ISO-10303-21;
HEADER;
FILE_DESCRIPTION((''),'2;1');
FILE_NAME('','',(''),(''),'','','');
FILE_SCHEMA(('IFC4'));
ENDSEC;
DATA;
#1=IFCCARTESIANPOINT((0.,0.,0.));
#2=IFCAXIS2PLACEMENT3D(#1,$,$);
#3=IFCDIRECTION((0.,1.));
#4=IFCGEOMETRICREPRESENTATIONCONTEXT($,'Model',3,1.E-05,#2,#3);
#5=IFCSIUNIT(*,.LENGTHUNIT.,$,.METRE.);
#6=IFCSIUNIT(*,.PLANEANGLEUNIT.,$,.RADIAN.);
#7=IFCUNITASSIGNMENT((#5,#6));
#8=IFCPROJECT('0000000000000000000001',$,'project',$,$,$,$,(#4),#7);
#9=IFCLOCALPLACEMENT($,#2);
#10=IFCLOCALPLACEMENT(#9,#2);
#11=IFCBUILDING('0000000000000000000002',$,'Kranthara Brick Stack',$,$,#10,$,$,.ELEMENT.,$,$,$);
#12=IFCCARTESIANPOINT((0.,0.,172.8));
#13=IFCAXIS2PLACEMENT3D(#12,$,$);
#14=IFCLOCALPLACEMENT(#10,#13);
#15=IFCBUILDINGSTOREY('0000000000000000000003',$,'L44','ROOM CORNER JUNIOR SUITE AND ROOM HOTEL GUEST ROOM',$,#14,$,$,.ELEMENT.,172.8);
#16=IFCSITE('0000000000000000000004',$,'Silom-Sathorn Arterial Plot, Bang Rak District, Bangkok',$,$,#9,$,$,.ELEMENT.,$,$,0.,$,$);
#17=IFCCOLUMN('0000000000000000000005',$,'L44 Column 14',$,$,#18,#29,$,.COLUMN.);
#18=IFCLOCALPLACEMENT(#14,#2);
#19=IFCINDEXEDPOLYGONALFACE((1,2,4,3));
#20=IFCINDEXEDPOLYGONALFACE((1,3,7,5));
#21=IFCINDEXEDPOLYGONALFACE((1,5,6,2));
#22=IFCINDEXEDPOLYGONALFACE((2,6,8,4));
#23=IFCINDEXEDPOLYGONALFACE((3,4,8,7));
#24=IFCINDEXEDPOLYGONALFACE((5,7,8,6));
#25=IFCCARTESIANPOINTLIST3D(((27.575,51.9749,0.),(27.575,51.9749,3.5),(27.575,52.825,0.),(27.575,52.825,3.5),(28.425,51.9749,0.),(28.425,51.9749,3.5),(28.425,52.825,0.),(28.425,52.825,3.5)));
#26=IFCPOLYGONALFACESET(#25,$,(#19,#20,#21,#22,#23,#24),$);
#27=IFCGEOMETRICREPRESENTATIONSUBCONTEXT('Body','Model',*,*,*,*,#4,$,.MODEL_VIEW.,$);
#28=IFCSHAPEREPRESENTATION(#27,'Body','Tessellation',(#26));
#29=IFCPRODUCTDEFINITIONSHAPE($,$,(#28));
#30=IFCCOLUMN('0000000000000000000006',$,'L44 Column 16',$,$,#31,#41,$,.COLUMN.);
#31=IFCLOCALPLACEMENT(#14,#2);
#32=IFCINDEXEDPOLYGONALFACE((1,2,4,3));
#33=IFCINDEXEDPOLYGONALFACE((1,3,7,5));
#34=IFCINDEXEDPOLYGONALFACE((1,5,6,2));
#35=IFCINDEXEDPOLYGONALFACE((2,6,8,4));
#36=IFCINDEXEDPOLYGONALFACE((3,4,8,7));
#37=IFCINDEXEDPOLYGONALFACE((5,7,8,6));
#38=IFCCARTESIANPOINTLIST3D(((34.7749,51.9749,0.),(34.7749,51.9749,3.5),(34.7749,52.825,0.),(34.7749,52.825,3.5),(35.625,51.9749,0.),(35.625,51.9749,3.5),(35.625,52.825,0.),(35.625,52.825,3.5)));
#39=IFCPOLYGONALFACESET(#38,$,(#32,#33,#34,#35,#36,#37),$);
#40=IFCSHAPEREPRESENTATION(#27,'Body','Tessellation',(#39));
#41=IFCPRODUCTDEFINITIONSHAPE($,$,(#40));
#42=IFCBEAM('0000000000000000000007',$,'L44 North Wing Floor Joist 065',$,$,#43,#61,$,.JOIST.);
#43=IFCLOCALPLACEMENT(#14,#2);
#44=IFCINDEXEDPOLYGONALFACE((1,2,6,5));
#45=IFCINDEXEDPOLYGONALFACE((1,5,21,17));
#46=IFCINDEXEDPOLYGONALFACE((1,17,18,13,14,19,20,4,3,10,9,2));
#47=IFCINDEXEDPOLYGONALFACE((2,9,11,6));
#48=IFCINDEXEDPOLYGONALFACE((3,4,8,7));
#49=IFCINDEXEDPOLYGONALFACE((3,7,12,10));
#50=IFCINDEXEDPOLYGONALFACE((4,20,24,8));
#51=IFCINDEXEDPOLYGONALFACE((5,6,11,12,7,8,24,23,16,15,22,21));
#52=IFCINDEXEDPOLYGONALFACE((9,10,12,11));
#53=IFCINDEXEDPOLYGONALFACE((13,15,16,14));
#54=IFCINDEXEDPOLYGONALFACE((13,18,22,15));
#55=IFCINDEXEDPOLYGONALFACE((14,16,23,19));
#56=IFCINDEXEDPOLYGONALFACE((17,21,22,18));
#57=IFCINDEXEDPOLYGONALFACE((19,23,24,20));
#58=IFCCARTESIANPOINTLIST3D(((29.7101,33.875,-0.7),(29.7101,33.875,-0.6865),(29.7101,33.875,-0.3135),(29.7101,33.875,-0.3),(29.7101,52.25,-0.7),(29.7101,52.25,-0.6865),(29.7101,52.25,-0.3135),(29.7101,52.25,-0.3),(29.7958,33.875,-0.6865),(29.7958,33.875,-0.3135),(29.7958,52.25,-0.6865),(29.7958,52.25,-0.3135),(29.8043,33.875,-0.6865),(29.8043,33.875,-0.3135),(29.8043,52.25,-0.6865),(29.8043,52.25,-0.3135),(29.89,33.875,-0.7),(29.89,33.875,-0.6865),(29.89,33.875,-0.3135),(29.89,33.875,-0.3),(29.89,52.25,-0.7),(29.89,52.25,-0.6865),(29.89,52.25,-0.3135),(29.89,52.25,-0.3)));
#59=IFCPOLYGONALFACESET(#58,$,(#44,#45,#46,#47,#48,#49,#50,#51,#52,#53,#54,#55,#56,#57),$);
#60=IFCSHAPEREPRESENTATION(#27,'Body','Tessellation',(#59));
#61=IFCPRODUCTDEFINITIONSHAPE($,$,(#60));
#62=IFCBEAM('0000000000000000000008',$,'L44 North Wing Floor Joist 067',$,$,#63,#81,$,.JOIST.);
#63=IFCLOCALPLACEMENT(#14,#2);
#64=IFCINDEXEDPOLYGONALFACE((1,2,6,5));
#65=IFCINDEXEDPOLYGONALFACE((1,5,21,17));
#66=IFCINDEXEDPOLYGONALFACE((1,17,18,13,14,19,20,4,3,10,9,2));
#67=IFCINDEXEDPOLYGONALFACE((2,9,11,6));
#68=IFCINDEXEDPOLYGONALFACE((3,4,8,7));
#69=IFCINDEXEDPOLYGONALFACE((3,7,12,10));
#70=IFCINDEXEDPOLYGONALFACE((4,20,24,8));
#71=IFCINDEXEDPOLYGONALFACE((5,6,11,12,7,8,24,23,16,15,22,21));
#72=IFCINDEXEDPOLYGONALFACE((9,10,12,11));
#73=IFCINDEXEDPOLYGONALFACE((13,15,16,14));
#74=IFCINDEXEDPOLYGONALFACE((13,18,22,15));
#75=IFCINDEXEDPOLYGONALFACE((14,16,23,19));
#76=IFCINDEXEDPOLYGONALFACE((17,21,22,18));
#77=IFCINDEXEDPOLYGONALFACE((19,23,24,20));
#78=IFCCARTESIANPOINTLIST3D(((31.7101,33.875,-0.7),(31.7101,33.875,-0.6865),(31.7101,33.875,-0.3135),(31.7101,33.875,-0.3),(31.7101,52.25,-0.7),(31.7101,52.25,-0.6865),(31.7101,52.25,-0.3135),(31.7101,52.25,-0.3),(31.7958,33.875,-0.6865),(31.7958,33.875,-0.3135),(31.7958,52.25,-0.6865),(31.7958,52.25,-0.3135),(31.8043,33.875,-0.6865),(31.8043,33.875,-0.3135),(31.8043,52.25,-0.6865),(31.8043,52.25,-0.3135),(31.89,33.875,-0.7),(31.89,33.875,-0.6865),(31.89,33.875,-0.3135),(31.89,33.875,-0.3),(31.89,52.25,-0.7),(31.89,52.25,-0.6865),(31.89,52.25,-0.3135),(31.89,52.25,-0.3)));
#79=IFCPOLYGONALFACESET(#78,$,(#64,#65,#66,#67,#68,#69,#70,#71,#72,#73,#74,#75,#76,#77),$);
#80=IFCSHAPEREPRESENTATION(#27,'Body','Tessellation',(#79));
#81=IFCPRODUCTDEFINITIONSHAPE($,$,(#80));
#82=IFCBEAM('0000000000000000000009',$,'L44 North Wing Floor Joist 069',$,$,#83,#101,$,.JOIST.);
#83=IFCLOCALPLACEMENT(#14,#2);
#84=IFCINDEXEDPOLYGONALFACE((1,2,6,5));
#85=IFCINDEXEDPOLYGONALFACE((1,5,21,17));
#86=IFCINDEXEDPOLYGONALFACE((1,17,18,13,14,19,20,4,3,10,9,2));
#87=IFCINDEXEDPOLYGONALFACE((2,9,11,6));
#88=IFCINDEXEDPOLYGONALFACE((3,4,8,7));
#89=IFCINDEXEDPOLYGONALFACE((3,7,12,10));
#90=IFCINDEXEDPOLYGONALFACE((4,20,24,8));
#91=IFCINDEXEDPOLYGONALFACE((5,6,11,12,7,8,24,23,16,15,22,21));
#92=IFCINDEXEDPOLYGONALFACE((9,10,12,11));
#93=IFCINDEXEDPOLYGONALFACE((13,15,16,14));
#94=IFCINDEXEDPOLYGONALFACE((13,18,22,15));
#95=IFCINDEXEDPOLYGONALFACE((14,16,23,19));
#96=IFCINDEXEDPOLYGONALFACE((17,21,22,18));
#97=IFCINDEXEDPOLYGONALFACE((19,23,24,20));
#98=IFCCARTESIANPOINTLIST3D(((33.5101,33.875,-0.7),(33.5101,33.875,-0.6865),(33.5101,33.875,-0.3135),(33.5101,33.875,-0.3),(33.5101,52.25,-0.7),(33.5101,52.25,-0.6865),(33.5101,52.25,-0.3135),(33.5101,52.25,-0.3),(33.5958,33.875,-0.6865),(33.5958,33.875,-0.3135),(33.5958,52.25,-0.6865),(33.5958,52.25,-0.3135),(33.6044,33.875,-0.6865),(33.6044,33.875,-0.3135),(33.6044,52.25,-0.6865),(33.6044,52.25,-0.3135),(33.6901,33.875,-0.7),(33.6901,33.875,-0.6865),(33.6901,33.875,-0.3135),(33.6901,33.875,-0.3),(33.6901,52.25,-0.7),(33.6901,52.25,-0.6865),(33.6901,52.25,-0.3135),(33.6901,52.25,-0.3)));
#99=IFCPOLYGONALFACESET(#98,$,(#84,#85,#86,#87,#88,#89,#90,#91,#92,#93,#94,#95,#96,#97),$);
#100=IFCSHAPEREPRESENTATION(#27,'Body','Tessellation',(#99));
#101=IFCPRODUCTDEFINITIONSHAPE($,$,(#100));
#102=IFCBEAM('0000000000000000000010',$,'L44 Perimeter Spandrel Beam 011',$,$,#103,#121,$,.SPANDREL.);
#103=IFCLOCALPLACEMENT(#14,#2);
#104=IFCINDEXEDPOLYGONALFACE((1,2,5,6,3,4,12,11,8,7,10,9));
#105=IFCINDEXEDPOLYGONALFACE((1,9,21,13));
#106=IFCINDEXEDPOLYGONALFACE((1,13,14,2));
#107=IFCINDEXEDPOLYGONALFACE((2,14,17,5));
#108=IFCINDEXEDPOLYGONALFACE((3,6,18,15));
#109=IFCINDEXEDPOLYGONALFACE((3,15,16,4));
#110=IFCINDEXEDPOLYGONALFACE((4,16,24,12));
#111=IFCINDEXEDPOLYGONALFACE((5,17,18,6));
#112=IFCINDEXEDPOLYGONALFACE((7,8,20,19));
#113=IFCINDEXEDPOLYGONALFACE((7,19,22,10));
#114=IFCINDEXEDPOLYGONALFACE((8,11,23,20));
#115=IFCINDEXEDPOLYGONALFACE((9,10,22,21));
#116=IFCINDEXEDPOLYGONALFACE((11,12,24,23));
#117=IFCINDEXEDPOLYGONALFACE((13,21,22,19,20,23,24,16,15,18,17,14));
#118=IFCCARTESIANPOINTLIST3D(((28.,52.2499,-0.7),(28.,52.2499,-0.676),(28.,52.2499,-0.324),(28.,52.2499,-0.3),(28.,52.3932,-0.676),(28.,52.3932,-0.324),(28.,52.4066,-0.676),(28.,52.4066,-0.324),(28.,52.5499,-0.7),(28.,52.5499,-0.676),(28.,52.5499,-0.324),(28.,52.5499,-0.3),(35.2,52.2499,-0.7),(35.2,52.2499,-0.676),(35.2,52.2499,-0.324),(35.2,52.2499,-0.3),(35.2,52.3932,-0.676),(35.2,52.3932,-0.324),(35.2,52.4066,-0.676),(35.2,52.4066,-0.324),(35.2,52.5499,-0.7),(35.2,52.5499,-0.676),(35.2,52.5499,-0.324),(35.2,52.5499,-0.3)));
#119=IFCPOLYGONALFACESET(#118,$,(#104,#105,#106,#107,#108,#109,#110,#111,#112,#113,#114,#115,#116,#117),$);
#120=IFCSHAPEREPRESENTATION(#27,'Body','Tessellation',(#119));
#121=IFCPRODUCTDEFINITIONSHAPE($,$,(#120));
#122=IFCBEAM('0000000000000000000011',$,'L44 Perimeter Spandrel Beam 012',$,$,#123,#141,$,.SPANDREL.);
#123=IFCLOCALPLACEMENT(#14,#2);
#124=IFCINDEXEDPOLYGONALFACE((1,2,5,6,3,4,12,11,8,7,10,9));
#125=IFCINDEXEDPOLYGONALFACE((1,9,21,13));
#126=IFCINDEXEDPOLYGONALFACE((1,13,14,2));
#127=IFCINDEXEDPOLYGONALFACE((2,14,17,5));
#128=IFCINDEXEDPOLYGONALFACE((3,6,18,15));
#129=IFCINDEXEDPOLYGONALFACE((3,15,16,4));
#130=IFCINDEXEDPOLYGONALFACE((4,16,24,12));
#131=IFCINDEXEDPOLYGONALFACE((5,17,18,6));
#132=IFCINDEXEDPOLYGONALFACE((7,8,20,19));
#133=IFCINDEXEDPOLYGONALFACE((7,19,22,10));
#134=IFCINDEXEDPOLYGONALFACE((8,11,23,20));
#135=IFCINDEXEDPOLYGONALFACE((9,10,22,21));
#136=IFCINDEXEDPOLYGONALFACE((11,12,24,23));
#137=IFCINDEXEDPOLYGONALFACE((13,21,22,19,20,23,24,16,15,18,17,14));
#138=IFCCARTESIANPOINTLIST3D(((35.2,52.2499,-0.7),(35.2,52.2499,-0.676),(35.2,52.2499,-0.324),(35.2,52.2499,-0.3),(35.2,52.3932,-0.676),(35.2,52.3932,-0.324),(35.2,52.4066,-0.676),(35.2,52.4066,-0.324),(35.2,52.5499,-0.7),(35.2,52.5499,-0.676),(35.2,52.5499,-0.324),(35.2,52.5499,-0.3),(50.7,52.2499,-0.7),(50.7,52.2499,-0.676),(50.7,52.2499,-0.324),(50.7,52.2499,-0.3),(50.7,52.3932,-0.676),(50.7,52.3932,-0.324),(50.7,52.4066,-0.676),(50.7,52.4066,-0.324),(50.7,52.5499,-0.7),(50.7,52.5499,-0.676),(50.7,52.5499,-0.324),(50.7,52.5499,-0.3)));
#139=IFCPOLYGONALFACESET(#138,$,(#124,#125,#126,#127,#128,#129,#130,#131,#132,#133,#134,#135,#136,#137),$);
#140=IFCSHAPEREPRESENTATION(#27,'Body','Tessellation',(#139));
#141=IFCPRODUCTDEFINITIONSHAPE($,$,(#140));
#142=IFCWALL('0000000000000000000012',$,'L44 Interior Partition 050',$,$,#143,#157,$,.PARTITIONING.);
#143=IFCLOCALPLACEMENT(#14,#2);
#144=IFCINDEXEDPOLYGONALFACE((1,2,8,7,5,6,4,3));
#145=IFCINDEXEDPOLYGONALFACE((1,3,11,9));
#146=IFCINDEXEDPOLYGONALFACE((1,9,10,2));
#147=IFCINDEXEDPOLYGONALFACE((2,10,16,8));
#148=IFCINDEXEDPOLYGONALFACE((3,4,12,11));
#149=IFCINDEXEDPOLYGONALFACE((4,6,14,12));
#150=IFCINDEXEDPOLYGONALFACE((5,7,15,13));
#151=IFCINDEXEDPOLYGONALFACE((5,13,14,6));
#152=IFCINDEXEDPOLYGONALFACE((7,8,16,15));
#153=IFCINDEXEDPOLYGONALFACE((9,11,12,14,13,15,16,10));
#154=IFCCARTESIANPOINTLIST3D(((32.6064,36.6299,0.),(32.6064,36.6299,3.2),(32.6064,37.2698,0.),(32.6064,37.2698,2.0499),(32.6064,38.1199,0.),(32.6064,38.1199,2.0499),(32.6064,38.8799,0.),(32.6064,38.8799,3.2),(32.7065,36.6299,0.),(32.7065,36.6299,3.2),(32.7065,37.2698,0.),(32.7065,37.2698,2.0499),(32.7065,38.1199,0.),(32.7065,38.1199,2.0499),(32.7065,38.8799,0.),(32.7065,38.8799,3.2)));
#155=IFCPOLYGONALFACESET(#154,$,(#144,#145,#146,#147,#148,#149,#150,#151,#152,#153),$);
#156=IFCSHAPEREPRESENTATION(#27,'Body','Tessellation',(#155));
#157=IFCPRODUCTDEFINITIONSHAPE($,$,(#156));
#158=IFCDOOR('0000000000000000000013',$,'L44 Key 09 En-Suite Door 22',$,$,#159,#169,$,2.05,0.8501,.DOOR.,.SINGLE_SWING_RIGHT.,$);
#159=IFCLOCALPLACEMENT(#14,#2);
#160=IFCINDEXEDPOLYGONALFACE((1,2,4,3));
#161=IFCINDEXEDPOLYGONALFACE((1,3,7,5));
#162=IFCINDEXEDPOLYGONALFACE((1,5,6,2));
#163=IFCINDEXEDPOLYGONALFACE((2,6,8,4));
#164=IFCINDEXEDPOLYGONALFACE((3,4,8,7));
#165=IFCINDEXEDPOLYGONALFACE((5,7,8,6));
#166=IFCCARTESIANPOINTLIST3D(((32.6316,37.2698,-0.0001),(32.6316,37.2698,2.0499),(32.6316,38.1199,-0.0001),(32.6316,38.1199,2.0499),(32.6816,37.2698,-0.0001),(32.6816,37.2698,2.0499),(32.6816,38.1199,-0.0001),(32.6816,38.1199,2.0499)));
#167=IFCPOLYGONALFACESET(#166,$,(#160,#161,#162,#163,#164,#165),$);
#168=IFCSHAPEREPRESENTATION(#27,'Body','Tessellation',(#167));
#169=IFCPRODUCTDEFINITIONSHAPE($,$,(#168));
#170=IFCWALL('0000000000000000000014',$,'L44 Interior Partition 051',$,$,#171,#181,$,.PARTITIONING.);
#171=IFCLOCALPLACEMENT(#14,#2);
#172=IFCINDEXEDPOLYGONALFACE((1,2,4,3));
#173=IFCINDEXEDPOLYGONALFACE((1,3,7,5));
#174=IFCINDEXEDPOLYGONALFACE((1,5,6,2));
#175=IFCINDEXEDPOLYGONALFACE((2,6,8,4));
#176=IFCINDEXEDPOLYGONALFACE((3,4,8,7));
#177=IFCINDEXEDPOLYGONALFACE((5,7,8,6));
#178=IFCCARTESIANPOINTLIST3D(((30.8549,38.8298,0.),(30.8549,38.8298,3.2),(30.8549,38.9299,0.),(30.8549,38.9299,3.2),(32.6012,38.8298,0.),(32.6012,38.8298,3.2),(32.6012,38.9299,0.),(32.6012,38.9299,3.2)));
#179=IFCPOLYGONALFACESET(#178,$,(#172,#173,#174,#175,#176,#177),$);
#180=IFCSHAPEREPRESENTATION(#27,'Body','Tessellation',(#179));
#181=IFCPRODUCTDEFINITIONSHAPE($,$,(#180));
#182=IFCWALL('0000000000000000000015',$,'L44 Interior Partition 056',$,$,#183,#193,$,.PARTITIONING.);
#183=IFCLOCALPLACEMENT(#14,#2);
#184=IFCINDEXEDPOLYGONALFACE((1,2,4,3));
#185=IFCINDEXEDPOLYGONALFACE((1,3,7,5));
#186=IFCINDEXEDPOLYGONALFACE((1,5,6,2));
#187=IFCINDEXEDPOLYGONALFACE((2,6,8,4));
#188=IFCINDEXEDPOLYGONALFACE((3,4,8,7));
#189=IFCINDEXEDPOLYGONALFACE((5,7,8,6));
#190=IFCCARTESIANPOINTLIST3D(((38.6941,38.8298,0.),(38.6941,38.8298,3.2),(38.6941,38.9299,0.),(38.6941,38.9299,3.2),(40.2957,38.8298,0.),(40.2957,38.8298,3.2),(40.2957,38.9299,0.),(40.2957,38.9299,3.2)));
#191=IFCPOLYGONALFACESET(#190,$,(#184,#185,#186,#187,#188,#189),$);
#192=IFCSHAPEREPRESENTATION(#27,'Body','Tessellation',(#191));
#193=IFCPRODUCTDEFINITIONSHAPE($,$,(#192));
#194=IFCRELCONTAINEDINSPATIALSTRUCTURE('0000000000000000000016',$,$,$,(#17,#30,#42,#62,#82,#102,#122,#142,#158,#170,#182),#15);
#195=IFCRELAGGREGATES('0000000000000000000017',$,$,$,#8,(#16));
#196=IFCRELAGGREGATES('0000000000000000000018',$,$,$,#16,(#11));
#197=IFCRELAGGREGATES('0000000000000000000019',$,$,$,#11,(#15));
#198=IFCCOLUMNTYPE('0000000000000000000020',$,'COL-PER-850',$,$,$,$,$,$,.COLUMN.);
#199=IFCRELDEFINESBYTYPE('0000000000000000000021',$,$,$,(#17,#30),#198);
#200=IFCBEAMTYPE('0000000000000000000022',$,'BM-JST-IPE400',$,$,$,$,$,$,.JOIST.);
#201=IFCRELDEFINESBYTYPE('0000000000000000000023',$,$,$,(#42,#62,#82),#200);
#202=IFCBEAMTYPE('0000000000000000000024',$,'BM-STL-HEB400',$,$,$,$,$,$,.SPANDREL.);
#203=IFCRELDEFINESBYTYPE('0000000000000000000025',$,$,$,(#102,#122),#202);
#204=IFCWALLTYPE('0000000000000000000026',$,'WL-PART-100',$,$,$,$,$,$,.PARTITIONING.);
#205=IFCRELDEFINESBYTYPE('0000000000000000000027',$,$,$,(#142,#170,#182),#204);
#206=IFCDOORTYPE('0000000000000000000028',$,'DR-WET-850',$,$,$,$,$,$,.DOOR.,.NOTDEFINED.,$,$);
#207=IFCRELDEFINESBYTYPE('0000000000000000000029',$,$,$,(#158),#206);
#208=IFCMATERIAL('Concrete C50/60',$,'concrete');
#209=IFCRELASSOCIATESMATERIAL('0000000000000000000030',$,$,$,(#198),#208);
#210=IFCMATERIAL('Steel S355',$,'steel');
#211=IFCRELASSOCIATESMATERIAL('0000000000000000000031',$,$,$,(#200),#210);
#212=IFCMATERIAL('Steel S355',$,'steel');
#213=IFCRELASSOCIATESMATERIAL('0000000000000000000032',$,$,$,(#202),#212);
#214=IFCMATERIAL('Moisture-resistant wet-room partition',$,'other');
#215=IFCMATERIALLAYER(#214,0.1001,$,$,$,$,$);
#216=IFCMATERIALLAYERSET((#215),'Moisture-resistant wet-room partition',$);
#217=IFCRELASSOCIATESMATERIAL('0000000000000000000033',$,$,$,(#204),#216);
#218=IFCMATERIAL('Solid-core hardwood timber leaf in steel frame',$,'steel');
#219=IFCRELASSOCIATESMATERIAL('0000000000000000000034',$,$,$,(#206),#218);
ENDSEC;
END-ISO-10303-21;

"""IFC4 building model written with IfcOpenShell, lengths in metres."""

from ifc_helpers import new_model, si_unit, direction, frame, frame_2d, origin, origin_2d, place, context, subcontext, project, spatial, rectangle, i_section, extrude, material, layer, layer_set, material_profile, profile_set, type_object, element, fill, save


model = new_model("IFC4")

# Units and contexts
model_context = context("Model", 3, precision=1e-05, world=origin(), true_north=direction((0.0, 1.0)))
body_context = subcontext(model_context, "Body", "Model", "MODEL_VIEW")
ifc_project = project(units=[si_unit("LENGTHUNIT", "METRE"), si_unit("PLANEANGLEUNIT", "RADIAN")], contexts=[model_context])

# Site, building, storey
site_placement = place(None, origin())
site = spatial("IfcSite", under=ifc_project, at=site_placement, Name="Silom-Sathorn Arterial Plot, Bang Rak District, Bangkok", CompositionType="ELEMENT", RefElevation=0.0)
building_placement = place(site_placement, origin())
building = spatial("IfcBuilding", under=site, at=building_placement, Name="Kranthara Brick Stack", CompositionType="ELEMENT")
storey_placement = place(building_placement, frame((0.0, 0.0, 172.8)))
storey = spatial("IfcBuildingStorey", under=building, at=storey_placement, Name="L44", Description="ROOM CORNER JUNIOR SUITE AND ROOM HOTEL GUEST ROOM", CompositionType="ELEMENT", Elevation=172.8)

# Columns
ifc_material_1 = material(Name="Concrete C50/60", Category="concrete")
ifc_material_profile_1 = material_profile(ifc_material_1, rectangle(XDim=0.8501, YDim=0.8501, at=origin_2d()), Name="RC 850x850")
ifc_profile_set_1 = profile_set([ifc_material_profile_1], Name="Concrete C50/60")
column_type = type_object("IfcColumnType", Name="COL-PER-850", PredefinedType="COLUMN", material=ifc_profile_set_1)
for number, where, z_axis, x_axis, name in (
    (1, (28.0, 52.3999, 0.0), (0.0, 0.0, 1.0), (1.0, 0.0, 0.0), "L44 Column 14"),
    (2, (35.2, 52.3999, 0.0), (0.0, 0.0, 1.0), (1.0, 0.0, 0.0), "L44 Column 16"),
):
    element("IfcColumn", number, at=place(storey_placement, frame(where, z_axis=z_axis, x_axis=x_axis)), inside=storey, type_object=column_type, Name=name, PredefinedType="COLUMN", context=body_context, shape_type="SweptSolid", body=[
        extrude(rectangle(XDim=0.8501, YDim=0.8501, at=origin_2d()), origin(), (0.0, 0.0, 1.0), 3.5),
    ])

# Beams
ifc_material_2 = material(Name="Steel S355", Category="steel")
ifc_material_profile_2 = material_profile(ifc_material_2, i_section(OverallWidth=0.1799, OverallDepth=0.3999, WebThickness=0.0085, FlangeThickness=0.0134, at=origin_2d()), Name="IPE 400")
ifc_profile_set_2 = profile_set([ifc_material_profile_2], Name="Steel S355")
beam_type_1 = type_object("IfcBeamType", Name="BM-JST-IPE400", PredefinedType="JOIST", material=ifc_profile_set_2)
for number, where, z_axis, x_axis, name in (
    (3, (29.8, 33.875, -0.5), (0.0, 1.0, 0.0), (-1.0, 0.0, 0.0), "L44 North Wing Floor Joist 065"),
    (4, (31.8, 33.875, -0.5), (0.0, 1.0, 0.0), (-1.0, 0.0, 0.0), "L44 North Wing Floor Joist 067"),
    (5, (33.6001, 33.875, -0.5), (0.0, 1.0, 0.0), (-1.0, 0.0, 0.0), "L44 North Wing Floor Joist 069"),
):
    element("IfcBeam", number, at=place(storey_placement, frame(where, z_axis=z_axis, x_axis=x_axis)), inside=storey, type_object=beam_type_1, Name=name, PredefinedType="JOIST", context=body_context, shape_type="SweptSolid", body=[
        extrude(i_section(OverallWidth=0.1799, OverallDepth=0.3999, WebThickness=0.0085, FlangeThickness=0.0134, at=origin_2d()), origin(), (0.0, 0.0, 1.0), 18.375),
    ])
ifc_material_3 = material(Name="Steel S355", Category="steel")
ifc_material_profile_3 = material_profile(ifc_material_3, i_section(OverallWidth=0.3, OverallDepth=0.3999, WebThickness=0.0134, FlangeThickness=0.0239, at=origin_2d()), Name="HEB 400")
ifc_profile_set_3 = profile_set([ifc_material_profile_3], Name="Steel S355")
beam_type_2 = type_object("IfcBeamType", Name="BM-STL-HEB400", PredefinedType="SPANDREL", material=ifc_profile_set_3)
beam_1_placement = place(storey_placement, frame((28.0, 52.3999, -0.5), z_axis=(1.0, 0.0, 0.0), x_axis=(0.0, 1.0, 0.0)))
element("IfcBeam", 6, at=beam_1_placement, inside=storey, type_object=beam_type_2, Name="L44 Perimeter Spandrel Beam 011", PredefinedType="SPANDREL", context=body_context, shape_type="SweptSolid", body=[
    extrude(i_section(OverallWidth=0.3, OverallDepth=0.3999, WebThickness=0.0134, FlangeThickness=0.0239, at=origin_2d()), origin(), (0.0, 0.0, 1.0), 7.2),
])
beam_2_placement = place(storey_placement, frame((35.2, 52.3999, -0.5), z_axis=(1.0, 0.0, 0.0), x_axis=(0.0, 1.0, 0.0)))
element("IfcBeam", 7, at=beam_2_placement, inside=storey, type_object=beam_type_2, Name="L44 Perimeter Spandrel Beam 012", PredefinedType="SPANDREL", context=body_context, shape_type="SweptSolid", body=[
    extrude(i_section(OverallWidth=0.3, OverallDepth=0.3999, WebThickness=0.0134, FlangeThickness=0.0239, at=origin_2d()), origin(), (0.0, 0.0, 1.0), 15.5),
])

# Wall, opening, door
ifc_material_4 = material(Name="Moisture-resistant wet-room partition", Category="other")
ifc_layer_1 = layer(ifc_material_4, 0.1001)
ifc_layer_set_1 = layer_set([ifc_layer_1], Name="Moisture-resistant wet-room partition")
wall_type_1 = type_object("IfcWallType", Name="WL-PART-100", PredefinedType="PARTITIONING", material=ifc_layer_set_1)
wall_1_placement = place(storey_placement, frame((32.6565, 36.6299, 0.0), z_axis=(0.0, 0.0, 1.0), x_axis=(0.0, 1.0, 0.0)))
wall_1 = element("IfcWall", 8, at=wall_1_placement, inside=storey, type_object=wall_type_1, Name="L44 Interior Partition 050", PredefinedType="PARTITIONING", context=body_context, shape_type="SweptSolid", body=[
    extrude(rectangle(XDim=2.25, YDim=0.1001, at=frame_2d((1.125, 0.0))), origin(), (0.0, 0.0, 1.0), 3.2),
])
opening_1_placement = place(wall_1_placement, frame((0.6399, 0.0, 0.0)))
opening_1 = element("IfcOpeningElement", 9, at=opening_1_placement, cuts=wall_1, PredefinedType="OPENING", context=body_context, shape_type="SweptSolid", body=[
    extrude(rectangle(XDim=0.8501, YDim=2.05, at=frame_2d((0.425, 1.0249))), frame((0.0, 0.0601, 0.0), z_axis=(0.0, -1.0, 0.0), x_axis=(1.0, 0.0, 0.0)), (0.0, 0.0, 1.0), 0.1201),
])
ifc_material_5 = material(Name="Solid-core hardwood timber leaf in steel frame", Category="steel")
door_type_1 = type_object("IfcDoorType", Name="DR-WET-850", OperationType="NOTDEFINED", PredefinedType="DOOR", material=ifc_material_5)
door_1_placement = place(opening_1_placement, origin())
door_1 = element("IfcDoor", 10, at=door_1_placement, inside=storey, type_object=door_type_1, Name="L44 Key 09 En-Suite Door 22", OperationType="SINGLE_SWING_RIGHT", OverallHeight=2.05, OverallWidth=0.8501, PredefinedType="DOOR", context=body_context, shape_type="SweptSolid", body=[
    extrude(rectangle(XDim=0.8501, YDim=2.05, at=frame_2d((0.425, 1.0249))), frame((0.0, 0.0249, 0.0), z_axis=(0.0, -1.0, 0.0), x_axis=(1.0, 0.0, 0.0)), (0.0, 0.0, 1.0), 0.05),
])
fill(opening_1, door_1)

# Walls
wall_2_placement = place(storey_placement, frame((30.855, 38.8799, 0.0), z_axis=(0.0, 0.0, 1.0), x_axis=(1.0, 0.0, 0.0)))
element("IfcWall", 11, at=wall_2_placement, inside=storey, type_object=wall_type_1, Name="L44 Interior Partition 051", PredefinedType="PARTITIONING", context=body_context, shape_type="SweptSolid", body=[
    extrude(rectangle(XDim=1.7463, YDim=0.1001, at=frame_2d((0.873, 0.0))), origin(), (0.0, 0.0, 1.0), 3.2),
])
wall_3_placement = place(storey_placement, frame((38.6941, 38.8799, 0.0), z_axis=(0.0, 0.0, 1.0), x_axis=(1.0, 0.0, 0.0)))
element("IfcWall", 12, at=wall_3_placement, inside=storey, type_object=wall_type_1, Name="L44 Interior Partition 056", PredefinedType="PARTITIONING", context=body_context, shape_type="SweptSolid", body=[
    extrude(rectangle(XDim=1.6016, YDim=0.1001, at=frame_2d((0.8008, 0.0))), origin(), (0.0, 0.0, 1.0), 3.2),
])

save(model, "model.ifc")
